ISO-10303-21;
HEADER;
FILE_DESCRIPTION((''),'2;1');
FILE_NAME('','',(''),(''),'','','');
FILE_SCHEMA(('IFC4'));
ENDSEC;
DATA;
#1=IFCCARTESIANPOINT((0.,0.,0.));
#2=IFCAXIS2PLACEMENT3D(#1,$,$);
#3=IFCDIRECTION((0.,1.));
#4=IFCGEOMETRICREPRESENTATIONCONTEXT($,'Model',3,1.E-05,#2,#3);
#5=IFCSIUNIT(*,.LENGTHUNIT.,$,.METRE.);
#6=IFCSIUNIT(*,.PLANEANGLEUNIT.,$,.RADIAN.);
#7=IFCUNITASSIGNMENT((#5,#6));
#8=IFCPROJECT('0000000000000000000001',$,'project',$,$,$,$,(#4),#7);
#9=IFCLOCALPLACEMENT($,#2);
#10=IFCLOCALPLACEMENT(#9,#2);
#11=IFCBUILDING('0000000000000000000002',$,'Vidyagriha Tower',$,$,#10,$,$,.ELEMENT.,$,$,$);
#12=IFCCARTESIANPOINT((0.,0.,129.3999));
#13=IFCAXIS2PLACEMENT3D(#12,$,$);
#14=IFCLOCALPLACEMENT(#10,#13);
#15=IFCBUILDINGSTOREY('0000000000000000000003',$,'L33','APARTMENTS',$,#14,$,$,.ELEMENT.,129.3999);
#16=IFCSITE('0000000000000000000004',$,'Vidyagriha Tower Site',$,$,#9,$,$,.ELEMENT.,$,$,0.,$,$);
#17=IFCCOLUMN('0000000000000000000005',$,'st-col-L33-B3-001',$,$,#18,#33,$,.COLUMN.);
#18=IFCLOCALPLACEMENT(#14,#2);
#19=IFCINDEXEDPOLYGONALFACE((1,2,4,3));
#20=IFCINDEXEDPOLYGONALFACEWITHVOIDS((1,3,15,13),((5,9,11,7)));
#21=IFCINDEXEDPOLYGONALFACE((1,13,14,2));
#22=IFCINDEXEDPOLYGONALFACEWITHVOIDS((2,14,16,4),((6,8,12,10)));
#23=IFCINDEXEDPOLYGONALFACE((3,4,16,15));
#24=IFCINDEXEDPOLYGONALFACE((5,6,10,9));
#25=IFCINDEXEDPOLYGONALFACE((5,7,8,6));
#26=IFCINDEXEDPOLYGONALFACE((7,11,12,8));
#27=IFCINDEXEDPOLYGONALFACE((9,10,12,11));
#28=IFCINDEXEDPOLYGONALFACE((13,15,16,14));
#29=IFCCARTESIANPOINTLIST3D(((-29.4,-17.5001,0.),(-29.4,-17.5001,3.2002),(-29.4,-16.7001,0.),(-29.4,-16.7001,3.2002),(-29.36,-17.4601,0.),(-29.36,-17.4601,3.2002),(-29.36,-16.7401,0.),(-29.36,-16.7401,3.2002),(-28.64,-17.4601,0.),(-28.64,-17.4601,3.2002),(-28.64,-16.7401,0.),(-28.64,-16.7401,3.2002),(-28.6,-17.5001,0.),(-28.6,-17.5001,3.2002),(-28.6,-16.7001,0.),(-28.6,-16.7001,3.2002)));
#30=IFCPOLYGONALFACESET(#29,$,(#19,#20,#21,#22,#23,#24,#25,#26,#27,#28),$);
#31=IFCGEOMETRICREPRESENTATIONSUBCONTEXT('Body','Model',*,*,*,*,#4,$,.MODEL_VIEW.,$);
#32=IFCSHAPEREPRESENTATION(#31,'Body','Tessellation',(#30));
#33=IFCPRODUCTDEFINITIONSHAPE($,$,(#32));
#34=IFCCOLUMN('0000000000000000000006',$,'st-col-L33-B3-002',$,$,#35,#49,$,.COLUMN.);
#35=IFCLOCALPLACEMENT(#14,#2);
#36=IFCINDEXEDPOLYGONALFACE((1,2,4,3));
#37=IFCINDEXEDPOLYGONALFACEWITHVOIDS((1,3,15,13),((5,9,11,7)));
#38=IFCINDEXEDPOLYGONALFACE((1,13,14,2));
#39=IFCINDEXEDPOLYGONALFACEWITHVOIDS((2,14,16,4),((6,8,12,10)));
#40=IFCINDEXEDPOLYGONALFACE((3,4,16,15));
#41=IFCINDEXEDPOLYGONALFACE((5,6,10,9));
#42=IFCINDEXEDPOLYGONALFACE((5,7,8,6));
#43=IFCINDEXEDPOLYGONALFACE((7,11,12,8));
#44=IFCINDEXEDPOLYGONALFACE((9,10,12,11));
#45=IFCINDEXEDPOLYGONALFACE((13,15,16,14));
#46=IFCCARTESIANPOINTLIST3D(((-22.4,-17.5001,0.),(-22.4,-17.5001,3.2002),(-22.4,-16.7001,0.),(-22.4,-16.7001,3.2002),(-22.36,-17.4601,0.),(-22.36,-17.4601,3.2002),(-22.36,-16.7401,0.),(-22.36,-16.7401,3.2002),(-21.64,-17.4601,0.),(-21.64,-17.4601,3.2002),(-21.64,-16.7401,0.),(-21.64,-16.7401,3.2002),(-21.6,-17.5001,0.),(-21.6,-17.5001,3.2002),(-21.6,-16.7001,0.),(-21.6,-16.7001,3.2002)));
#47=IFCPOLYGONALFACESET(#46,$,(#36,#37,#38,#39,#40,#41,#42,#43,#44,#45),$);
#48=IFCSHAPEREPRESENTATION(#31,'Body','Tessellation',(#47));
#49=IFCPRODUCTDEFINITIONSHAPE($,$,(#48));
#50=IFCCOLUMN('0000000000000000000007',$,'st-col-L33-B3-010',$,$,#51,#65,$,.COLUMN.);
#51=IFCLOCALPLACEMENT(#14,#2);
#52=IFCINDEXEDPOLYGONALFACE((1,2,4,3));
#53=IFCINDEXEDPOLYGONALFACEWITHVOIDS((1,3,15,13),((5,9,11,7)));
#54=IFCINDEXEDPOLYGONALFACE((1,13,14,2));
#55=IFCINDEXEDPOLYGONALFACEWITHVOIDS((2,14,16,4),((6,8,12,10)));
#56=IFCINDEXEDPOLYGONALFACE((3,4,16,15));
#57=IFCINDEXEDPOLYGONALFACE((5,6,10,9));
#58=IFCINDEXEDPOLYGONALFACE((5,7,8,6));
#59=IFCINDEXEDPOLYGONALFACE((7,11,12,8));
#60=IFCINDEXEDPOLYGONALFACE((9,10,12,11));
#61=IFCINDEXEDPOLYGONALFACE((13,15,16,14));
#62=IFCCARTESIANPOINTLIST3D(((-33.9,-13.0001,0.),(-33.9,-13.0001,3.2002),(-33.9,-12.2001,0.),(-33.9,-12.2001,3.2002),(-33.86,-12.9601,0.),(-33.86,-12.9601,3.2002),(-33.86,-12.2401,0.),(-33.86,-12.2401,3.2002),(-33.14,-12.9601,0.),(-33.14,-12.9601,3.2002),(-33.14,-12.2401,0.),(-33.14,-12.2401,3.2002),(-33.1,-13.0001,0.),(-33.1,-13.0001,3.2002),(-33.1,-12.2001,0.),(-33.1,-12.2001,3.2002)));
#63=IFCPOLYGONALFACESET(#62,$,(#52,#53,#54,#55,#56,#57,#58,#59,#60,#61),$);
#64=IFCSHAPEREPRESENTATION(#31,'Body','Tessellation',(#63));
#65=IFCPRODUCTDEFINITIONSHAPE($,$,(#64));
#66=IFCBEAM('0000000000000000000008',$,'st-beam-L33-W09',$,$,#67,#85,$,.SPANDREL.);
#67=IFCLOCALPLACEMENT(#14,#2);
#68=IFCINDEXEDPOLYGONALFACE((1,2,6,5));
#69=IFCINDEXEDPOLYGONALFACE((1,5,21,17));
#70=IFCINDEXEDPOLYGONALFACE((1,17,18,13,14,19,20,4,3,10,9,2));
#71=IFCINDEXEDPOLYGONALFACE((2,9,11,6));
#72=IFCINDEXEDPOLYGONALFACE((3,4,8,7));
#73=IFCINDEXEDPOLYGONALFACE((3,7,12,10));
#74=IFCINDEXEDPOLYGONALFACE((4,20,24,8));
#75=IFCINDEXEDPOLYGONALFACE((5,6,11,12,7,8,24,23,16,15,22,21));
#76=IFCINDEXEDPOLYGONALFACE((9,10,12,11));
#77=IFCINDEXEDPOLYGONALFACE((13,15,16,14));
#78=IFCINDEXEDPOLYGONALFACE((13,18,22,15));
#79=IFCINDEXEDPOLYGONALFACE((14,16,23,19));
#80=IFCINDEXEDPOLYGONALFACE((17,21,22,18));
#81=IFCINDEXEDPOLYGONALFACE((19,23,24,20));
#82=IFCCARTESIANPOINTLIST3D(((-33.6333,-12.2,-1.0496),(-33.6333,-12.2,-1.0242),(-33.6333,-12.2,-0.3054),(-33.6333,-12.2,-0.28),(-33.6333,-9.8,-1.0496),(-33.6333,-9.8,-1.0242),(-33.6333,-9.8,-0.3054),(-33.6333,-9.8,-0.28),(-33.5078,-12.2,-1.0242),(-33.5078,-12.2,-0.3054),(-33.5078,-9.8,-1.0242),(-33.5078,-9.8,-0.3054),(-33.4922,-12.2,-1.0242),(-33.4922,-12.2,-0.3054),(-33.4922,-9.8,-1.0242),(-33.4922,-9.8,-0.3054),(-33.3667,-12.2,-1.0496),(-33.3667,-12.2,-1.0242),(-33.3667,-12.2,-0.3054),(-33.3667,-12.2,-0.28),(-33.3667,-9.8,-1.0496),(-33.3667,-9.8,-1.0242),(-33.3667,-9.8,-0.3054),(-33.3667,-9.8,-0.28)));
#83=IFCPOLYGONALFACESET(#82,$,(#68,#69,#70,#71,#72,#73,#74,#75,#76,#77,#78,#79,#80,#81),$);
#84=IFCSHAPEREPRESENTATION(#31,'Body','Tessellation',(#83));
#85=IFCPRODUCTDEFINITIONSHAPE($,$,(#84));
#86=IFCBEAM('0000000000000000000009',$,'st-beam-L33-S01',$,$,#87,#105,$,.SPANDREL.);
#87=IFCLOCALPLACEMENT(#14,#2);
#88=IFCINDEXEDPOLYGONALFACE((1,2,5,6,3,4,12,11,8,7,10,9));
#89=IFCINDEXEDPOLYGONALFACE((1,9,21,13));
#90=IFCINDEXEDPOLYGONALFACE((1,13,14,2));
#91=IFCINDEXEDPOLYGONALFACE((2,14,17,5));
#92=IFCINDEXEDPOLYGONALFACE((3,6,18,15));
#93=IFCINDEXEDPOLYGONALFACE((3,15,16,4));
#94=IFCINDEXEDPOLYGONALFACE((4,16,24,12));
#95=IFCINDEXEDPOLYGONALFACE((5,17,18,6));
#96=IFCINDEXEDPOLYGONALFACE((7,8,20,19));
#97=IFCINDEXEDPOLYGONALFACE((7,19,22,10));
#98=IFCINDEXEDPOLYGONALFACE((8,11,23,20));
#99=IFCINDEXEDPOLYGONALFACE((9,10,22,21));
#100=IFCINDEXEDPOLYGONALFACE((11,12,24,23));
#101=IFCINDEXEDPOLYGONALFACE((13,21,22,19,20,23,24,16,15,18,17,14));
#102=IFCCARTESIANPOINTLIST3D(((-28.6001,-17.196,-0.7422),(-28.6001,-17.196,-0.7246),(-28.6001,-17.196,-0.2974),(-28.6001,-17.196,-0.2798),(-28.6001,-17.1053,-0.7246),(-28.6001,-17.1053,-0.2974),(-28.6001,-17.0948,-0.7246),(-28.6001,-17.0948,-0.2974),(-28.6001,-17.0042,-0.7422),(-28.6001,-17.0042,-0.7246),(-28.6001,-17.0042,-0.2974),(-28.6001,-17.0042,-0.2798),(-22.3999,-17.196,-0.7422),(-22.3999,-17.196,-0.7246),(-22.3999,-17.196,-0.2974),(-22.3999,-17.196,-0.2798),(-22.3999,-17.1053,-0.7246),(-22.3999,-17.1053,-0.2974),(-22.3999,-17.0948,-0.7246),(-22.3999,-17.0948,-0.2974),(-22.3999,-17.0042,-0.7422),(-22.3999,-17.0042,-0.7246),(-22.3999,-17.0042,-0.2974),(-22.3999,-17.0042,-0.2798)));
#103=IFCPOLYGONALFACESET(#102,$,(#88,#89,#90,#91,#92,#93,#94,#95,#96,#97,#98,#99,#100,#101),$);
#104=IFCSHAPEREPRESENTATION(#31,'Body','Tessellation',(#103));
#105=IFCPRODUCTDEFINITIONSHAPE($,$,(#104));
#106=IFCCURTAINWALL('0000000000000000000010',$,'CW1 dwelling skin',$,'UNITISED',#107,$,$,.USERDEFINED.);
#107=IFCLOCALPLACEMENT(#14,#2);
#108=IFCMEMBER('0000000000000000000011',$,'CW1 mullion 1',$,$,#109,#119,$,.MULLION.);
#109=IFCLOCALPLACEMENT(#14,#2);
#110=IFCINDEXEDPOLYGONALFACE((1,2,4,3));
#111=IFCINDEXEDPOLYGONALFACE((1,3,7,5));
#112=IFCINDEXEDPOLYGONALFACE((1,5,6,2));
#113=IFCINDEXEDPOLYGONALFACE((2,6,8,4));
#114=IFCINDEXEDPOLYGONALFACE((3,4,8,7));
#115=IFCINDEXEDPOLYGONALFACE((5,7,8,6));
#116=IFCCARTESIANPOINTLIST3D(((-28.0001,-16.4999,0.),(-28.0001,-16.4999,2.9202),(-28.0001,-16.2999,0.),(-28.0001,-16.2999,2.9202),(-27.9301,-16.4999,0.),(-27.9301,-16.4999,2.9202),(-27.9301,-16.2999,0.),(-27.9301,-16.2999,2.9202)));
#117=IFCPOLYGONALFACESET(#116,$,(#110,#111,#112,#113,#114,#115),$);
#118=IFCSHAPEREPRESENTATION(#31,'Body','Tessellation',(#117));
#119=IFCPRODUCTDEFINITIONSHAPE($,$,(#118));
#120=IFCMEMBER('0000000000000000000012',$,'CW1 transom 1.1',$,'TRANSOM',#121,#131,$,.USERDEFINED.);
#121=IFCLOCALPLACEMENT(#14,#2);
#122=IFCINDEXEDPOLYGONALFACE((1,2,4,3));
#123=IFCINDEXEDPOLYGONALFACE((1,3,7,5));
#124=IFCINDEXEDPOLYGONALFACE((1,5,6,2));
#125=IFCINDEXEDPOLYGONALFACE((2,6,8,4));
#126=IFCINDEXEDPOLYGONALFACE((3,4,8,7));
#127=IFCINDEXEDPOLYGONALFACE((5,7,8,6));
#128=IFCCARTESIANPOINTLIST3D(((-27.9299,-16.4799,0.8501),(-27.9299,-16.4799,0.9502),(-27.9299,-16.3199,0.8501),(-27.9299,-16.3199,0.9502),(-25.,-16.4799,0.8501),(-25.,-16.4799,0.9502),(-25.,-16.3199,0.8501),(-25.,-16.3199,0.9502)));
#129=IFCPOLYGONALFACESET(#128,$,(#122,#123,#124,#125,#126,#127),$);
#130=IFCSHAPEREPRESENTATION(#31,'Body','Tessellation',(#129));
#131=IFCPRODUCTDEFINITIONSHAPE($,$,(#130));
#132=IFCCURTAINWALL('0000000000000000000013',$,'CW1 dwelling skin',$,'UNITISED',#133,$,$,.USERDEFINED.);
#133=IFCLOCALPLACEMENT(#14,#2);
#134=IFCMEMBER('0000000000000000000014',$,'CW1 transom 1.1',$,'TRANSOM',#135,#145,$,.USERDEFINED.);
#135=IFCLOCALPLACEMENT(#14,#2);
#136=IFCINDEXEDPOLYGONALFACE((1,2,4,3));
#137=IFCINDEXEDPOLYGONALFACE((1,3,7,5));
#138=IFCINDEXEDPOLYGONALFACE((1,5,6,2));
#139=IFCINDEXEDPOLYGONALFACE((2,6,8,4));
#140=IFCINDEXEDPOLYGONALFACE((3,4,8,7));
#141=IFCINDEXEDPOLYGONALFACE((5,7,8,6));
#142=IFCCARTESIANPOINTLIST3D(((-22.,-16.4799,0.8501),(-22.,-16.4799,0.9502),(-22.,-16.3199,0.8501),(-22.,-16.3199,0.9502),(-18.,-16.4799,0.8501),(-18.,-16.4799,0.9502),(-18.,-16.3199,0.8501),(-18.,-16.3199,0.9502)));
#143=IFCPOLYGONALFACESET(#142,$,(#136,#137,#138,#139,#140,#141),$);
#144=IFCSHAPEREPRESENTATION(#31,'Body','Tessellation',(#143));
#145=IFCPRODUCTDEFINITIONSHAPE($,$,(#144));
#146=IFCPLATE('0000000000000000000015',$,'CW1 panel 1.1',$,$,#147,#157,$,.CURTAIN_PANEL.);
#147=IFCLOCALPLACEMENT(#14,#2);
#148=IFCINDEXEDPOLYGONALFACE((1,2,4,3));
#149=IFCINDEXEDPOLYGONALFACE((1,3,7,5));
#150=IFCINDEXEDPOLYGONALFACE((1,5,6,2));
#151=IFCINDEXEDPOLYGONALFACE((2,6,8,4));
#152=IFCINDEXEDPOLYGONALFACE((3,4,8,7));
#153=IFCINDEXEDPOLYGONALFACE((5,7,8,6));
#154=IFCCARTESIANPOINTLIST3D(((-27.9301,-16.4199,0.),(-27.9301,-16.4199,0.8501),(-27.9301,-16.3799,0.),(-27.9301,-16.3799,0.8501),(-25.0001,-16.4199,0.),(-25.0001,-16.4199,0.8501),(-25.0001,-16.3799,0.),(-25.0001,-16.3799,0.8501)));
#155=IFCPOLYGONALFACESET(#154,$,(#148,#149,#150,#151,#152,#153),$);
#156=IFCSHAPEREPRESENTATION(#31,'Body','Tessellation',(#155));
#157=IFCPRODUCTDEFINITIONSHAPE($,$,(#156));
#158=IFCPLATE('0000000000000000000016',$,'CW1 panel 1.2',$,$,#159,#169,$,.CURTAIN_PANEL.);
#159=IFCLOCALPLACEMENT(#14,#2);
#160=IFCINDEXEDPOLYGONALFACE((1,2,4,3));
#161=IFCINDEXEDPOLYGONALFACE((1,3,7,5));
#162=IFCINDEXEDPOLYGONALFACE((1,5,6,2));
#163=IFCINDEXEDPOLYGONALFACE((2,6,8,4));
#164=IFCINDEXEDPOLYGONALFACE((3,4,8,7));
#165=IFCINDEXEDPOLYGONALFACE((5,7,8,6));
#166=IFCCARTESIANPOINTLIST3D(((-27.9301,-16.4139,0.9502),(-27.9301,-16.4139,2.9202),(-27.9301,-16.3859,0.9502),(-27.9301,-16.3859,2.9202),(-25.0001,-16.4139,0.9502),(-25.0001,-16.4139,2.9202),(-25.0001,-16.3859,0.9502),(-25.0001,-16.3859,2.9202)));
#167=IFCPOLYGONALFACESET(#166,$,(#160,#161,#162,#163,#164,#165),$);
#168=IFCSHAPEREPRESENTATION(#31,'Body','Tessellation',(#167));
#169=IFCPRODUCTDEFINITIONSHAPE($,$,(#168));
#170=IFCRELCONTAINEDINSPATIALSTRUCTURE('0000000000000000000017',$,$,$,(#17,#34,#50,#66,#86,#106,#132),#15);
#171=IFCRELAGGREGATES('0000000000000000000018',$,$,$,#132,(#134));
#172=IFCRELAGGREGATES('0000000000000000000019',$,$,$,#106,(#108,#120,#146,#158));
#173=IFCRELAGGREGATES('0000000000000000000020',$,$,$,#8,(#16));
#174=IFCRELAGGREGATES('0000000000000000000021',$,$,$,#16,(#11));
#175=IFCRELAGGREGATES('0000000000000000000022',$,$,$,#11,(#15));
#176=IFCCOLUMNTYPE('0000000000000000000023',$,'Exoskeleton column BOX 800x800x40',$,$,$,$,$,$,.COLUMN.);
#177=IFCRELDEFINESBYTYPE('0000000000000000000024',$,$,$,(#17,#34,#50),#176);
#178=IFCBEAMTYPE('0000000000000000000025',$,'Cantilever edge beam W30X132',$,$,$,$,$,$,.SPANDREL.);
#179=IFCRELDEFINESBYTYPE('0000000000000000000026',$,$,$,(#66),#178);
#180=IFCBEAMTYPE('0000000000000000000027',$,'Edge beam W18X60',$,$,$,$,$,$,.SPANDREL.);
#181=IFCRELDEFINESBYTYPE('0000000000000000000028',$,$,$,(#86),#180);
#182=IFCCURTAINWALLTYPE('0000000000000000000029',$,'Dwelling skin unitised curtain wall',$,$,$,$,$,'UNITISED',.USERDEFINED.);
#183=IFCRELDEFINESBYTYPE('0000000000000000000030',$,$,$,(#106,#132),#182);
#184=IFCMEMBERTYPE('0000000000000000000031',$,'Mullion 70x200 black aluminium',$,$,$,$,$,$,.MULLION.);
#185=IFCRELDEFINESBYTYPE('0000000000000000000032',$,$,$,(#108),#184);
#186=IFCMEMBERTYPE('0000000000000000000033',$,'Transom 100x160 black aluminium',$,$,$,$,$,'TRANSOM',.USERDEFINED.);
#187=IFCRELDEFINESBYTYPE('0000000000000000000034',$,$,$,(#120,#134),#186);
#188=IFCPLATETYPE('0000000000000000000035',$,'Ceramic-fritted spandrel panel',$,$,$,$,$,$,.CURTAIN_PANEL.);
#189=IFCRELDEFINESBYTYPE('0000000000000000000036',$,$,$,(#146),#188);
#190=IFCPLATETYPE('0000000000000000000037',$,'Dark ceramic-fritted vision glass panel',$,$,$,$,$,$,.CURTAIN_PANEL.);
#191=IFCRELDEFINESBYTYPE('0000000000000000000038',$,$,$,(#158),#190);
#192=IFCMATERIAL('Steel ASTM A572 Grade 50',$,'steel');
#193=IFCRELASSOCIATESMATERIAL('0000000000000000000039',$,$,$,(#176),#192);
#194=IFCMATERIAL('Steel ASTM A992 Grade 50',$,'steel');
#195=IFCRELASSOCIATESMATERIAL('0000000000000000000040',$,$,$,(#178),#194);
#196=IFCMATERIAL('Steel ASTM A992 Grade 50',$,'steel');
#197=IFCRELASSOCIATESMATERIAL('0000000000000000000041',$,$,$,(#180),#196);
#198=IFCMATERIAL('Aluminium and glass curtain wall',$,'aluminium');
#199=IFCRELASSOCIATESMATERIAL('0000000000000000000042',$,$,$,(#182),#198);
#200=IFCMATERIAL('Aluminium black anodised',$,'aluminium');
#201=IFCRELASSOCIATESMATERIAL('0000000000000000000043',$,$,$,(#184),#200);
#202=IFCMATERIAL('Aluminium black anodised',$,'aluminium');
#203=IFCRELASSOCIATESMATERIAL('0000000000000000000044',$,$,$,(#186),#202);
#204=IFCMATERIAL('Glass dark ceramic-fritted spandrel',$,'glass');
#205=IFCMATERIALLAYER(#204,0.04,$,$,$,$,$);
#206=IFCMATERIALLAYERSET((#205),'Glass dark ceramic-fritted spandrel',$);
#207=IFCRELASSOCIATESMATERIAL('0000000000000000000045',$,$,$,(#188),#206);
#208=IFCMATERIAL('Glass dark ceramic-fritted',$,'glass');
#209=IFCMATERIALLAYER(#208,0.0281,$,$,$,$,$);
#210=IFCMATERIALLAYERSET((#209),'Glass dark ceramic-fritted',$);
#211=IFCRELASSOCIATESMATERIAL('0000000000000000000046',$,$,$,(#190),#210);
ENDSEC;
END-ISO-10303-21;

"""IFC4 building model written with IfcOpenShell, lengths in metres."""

from ifc_helpers import new_model, si_unit, direction, frame, origin, origin_2d, place, context, subcontext, project, spatial, rectangle, hollow_rectangle, i_section, extrude, material, layer, layer_set, material_profile, profile_set, type_object, element, aggregate, save


model = new_model("IFC4")

# Units and contexts
model_context = context("Model", 3, precision=1e-05, world=origin(), true_north=direction((0.0, 1.0)))
body_context = subcontext(model_context, "Body", "Model", "MODEL_VIEW")
ifc_project = project(units=[si_unit("LENGTHUNIT", "METRE"), si_unit("PLANEANGLEUNIT", "RADIAN")], contexts=[model_context])

# Site, building, storey
site_placement = place(None, origin())
site = spatial("IfcSite", under=ifc_project, at=site_placement, Name="Vidyagriha Tower Site", CompositionType="ELEMENT", RefElevation=0.0)
building_placement = place(site_placement, origin())
building = spatial("IfcBuilding", under=site, at=building_placement, Name="Vidyagriha Tower", CompositionType="ELEMENT")
storey_placement = place(building_placement, frame((0.0, 0.0, 129.3999)))
storey = spatial("IfcBuildingStorey", under=building, at=storey_placement, Name="L33", Description="APARTMENTS", CompositionType="ELEMENT", Elevation=129.3999)

# Columns
ifc_material_1 = material(Name="Steel ASTM A572 Grade 50", Category="steel")
ifc_material_profile_1 = material_profile(ifc_material_1, hollow_rectangle(XDim=0.8, YDim=0.8, WallThickness=0.04, at=origin_2d()), Name="BOX 800x800x40")
ifc_profile_set_1 = profile_set([ifc_material_profile_1], Name="Steel ASTM A572 Grade 50")
column_type = type_object("IfcColumnType", Name="Exoskeleton column BOX 800x800x40", PredefinedType="COLUMN", material=ifc_profile_set_1)
for number, where, name in (
    (1, (-29.0, -17.1001, 0.0), "st-col-L33-B3-001"),
    (2, (-22.0, -17.1001, 0.0), "st-col-L33-B3-002"),
    (3, (-33.5, -12.6001, 0.0), "st-col-L33-B3-010"),
):
    element("IfcColumn", number, at=place(storey_placement, frame(where)), inside=storey, type_object=column_type, Name=name, PredefinedType="COLUMN", context=body_context, shape_type="SweptSolid", body=[
        extrude(hollow_rectangle(XDim=0.8, YDim=0.8, WallThickness=0.04, at=origin_2d()), origin(), (0.0, 0.0, 1.0), 3.2002),
    ])

# Beams
ifc_material_2 = material(Name="Steel ASTM A992 Grade 50", Category="steel")
ifc_material_profile_2 = material_profile(ifc_material_2, i_section(OverallWidth=0.2666, OverallDepth=0.7695, WebThickness=0.0156, FlangeThickness=0.0254, at=origin_2d()), Name="W30X132")
ifc_profile_set_2 = profile_set([ifc_material_profile_2], Name="Steel ASTM A992 Grade 50")
beam_type_1 = type_object("IfcBeamType", Name="Cantilever edge beam W30X132", PredefinedType="SPANDREL", material=ifc_profile_set_2)
beam_1_placement = place(storey_placement, frame((-33.5, -12.2, -0.6648), z_axis=(0.0, 1.0, 0.0), x_axis=(-1.0, 0.0, 0.0)))
element("IfcBeam", 4, at=beam_1_placement, inside=storey, type_object=beam_type_1, Name="st-beam-L33-W09", PredefinedType="SPANDREL", context=body_context, shape_type="SweptSolid", body=[
    extrude(i_section(OverallWidth=0.2666, OverallDepth=0.7695, WebThickness=0.0156, FlangeThickness=0.0254, at=origin_2d()), origin(), (0.0, 0.0, 1.0), 2.3999),
])
ifc_material_3 = material(Name="Steel ASTM A992 Grade 50", Category="steel")
ifc_material_profile_3 = material_profile(ifc_material_3, i_section(OverallWidth=0.1919, OverallDepth=0.4624, WebThickness=0.0105, FlangeThickness=0.0176, at=origin_2d()), Name="W18X60")
ifc_profile_set_3 = profile_set([ifc_material_profile_3], Name="Steel ASTM A992 Grade 50")
beam_type_2 = type_object("IfcBeamType", Name="Edge beam W18X60", PredefinedType="SPANDREL", material=ifc_profile_set_3)
beam_2_placement = place(storey_placement, frame((-28.6001, -17.1001, -0.511), z_axis=(1.0, 0.0, 0.0), x_axis=(0.0, 1.0, 0.0)))
element("IfcBeam", 5, at=beam_2_placement, inside=storey, type_object=beam_type_2, Name="st-beam-L33-S01", PredefinedType="SPANDREL", context=body_context, shape_type="SweptSolid", body=[
    extrude(i_section(OverallWidth=0.1919, OverallDepth=0.4624, WebThickness=0.0105, FlangeThickness=0.0176, at=origin_2d()), origin(), (0.0, 0.0, 1.0), 6.2002),
])

# Curtain wall, members
ifc_material_4 = material(Name="Aluminium and glass curtain wall", Category="aluminium")
curtain_wall_type = type_object("IfcCurtainWallType", Name="Dwelling skin unitised curtain wall", ElementType="UNITISED", PredefinedType="USERDEFINED", material=ifc_material_4)
curtain_wall_1_placement = place(storey_placement, origin())
curtain_wall_1 = element("IfcCurtainWall", 6, at=curtain_wall_1_placement, inside=storey, type_object=curtain_wall_type, Name="CW1 dwelling skin", ObjectType="UNITISED", PredefinedType="USERDEFINED")
ifc_material_5 = material(Name="Aluminium black anodised", Category="aluminium")
ifc_material_profile_4 = material_profile(ifc_material_5, rectangle(XDim=0.2, YDim=0.0701, at=origin_2d()), Name="Mullion 70x200 black aluminium")
ifc_profile_set_4 = profile_set([ifc_material_profile_4], Name="Aluminium black anodised")
member_type_1 = type_object("IfcMemberType", Name="Mullion 70x200 black aluminium", PredefinedType="MULLION", material=ifc_profile_set_4)
member_1_placement = place(storey_placement, frame((-27.9651, -16.3999, 0.0), z_axis=(0.0, 0.0, 1.0), x_axis=(0.0, 1.0, 0.0)))
member_1 = element("IfcMember", 7, at=member_1_placement, type_object=member_type_1, Name="CW1 mullion 1", PredefinedType="MULLION", context=body_context, shape_type="SweptSolid", body=[
    extrude(rectangle(XDim=0.2, YDim=0.0701, at=origin_2d()), origin(), (0.0, 0.0, 1.0), 2.9202),
])
ifc_material_6 = material(Name="Aluminium black anodised", Category="aluminium")
ifc_material_profile_5 = material_profile(ifc_material_6, rectangle(XDim=0.1599, YDim=0.1001, at=origin_2d()), Name="Transom 100x160 black aluminium")
ifc_profile_set_5 = profile_set([ifc_material_profile_5], Name="Aluminium black anodised")
member_type_2 = type_object("IfcMemberType", Name="Transom 100x160 black aluminium", ElementType="TRANSOM", PredefinedType="USERDEFINED", material=ifc_profile_set_5)
member_2_placement = place(storey_placement, frame((-27.9299, -16.3999, 0.9001), z_axis=(1.0, 0.0, 0.0), x_axis=(0.0, 1.0, 0.0)))
member_2 = element("IfcMember", 8, at=member_2_placement, type_object=member_type_2, Name="CW1 transom 1.1", ObjectType="TRANSOM", PredefinedType="USERDEFINED", context=body_context, shape_type="SweptSolid", body=[
    extrude(rectangle(XDim=0.1599, YDim=0.1001, at=origin_2d()), origin(), (0.0, 0.0, 1.0), 2.9299),
])

# Curtain wall, member
curtain_wall_2_placement = place(storey_placement, origin())
curtain_wall_2 = element("IfcCurtainWall", 9, at=curtain_wall_2_placement, inside=storey, type_object=curtain_wall_type, Name="CW1 dwelling skin", ObjectType="UNITISED", PredefinedType="USERDEFINED")
member_3_placement = place(storey_placement, frame((-22.0, -16.3999, 0.9001), z_axis=(1.0, 0.0, 0.0), x_axis=(0.0, 1.0, 0.0)))
member_3 = element("IfcMember", 10, at=member_3_placement, type_object=member_type_2, Name="CW1 transom 1.1", ObjectType="TRANSOM", PredefinedType="USERDEFINED", context=body_context, shape_type="SweptSolid", body=[
    extrude(rectangle(XDim=0.1599, YDim=0.1001, at=origin_2d()), origin(), (0.0, 0.0, 1.0), 4.0),
])
aggregate(curtain_wall_2, [member_3])

# Plates
ifc_material_7 = material(Name="Glass dark ceramic-fritted spandrel", Category="glass")
ifc_layer_1 = layer(ifc_material_7, 0.04)
ifc_layer_set_1 = layer_set([ifc_layer_1], Name="Glass dark ceramic-fritted spandrel")
plate_type_1 = type_object("IfcPlateType", Name="Ceramic-fritted spandrel panel", PredefinedType="CURTAIN_PANEL", material=ifc_layer_set_1)
plate_1_placement = place(storey_placement, frame((-26.4651, -16.3999, 0.0)))
plate_1 = element("IfcPlate", 11, at=plate_1_placement, type_object=plate_type_1, Name="CW1 panel 1.1", PredefinedType="CURTAIN_PANEL", context=body_context, shape_type="SweptSolid", body=[
    extrude(rectangle(XDim=2.9299, YDim=0.04, at=origin_2d()), origin(), (0.0, 0.0, 1.0), 0.8501),
])
ifc_material_8 = material(Name="Glass dark ceramic-fritted", Category="glass")
ifc_layer_2 = layer(ifc_material_8, 0.0281)
ifc_layer_set_2 = layer_set([ifc_layer_2], Name="Glass dark ceramic-fritted")
plate_type_2 = type_object("IfcPlateType", Name="Dark ceramic-fritted vision glass panel", PredefinedType="CURTAIN_PANEL", material=ifc_layer_set_2)
plate_2_placement = place(storey_placement, frame((-26.4651, -16.3999, 0.9502)))
plate_2 = element("IfcPlate", 12, at=plate_2_placement, type_object=plate_type_2, Name="CW1 panel 1.2", PredefinedType="CURTAIN_PANEL", context=body_context, shape_type="SweptSolid", body=[
    extrude(rectangle(XDim=2.9299, YDim=0.0281, at=origin_2d()), origin(), (0.0, 0.0, 1.0), 1.97),
])
aggregate(curtain_wall_1, [member_1, member_2, plate_1, plate_2])

save(model, "model.ifc")
